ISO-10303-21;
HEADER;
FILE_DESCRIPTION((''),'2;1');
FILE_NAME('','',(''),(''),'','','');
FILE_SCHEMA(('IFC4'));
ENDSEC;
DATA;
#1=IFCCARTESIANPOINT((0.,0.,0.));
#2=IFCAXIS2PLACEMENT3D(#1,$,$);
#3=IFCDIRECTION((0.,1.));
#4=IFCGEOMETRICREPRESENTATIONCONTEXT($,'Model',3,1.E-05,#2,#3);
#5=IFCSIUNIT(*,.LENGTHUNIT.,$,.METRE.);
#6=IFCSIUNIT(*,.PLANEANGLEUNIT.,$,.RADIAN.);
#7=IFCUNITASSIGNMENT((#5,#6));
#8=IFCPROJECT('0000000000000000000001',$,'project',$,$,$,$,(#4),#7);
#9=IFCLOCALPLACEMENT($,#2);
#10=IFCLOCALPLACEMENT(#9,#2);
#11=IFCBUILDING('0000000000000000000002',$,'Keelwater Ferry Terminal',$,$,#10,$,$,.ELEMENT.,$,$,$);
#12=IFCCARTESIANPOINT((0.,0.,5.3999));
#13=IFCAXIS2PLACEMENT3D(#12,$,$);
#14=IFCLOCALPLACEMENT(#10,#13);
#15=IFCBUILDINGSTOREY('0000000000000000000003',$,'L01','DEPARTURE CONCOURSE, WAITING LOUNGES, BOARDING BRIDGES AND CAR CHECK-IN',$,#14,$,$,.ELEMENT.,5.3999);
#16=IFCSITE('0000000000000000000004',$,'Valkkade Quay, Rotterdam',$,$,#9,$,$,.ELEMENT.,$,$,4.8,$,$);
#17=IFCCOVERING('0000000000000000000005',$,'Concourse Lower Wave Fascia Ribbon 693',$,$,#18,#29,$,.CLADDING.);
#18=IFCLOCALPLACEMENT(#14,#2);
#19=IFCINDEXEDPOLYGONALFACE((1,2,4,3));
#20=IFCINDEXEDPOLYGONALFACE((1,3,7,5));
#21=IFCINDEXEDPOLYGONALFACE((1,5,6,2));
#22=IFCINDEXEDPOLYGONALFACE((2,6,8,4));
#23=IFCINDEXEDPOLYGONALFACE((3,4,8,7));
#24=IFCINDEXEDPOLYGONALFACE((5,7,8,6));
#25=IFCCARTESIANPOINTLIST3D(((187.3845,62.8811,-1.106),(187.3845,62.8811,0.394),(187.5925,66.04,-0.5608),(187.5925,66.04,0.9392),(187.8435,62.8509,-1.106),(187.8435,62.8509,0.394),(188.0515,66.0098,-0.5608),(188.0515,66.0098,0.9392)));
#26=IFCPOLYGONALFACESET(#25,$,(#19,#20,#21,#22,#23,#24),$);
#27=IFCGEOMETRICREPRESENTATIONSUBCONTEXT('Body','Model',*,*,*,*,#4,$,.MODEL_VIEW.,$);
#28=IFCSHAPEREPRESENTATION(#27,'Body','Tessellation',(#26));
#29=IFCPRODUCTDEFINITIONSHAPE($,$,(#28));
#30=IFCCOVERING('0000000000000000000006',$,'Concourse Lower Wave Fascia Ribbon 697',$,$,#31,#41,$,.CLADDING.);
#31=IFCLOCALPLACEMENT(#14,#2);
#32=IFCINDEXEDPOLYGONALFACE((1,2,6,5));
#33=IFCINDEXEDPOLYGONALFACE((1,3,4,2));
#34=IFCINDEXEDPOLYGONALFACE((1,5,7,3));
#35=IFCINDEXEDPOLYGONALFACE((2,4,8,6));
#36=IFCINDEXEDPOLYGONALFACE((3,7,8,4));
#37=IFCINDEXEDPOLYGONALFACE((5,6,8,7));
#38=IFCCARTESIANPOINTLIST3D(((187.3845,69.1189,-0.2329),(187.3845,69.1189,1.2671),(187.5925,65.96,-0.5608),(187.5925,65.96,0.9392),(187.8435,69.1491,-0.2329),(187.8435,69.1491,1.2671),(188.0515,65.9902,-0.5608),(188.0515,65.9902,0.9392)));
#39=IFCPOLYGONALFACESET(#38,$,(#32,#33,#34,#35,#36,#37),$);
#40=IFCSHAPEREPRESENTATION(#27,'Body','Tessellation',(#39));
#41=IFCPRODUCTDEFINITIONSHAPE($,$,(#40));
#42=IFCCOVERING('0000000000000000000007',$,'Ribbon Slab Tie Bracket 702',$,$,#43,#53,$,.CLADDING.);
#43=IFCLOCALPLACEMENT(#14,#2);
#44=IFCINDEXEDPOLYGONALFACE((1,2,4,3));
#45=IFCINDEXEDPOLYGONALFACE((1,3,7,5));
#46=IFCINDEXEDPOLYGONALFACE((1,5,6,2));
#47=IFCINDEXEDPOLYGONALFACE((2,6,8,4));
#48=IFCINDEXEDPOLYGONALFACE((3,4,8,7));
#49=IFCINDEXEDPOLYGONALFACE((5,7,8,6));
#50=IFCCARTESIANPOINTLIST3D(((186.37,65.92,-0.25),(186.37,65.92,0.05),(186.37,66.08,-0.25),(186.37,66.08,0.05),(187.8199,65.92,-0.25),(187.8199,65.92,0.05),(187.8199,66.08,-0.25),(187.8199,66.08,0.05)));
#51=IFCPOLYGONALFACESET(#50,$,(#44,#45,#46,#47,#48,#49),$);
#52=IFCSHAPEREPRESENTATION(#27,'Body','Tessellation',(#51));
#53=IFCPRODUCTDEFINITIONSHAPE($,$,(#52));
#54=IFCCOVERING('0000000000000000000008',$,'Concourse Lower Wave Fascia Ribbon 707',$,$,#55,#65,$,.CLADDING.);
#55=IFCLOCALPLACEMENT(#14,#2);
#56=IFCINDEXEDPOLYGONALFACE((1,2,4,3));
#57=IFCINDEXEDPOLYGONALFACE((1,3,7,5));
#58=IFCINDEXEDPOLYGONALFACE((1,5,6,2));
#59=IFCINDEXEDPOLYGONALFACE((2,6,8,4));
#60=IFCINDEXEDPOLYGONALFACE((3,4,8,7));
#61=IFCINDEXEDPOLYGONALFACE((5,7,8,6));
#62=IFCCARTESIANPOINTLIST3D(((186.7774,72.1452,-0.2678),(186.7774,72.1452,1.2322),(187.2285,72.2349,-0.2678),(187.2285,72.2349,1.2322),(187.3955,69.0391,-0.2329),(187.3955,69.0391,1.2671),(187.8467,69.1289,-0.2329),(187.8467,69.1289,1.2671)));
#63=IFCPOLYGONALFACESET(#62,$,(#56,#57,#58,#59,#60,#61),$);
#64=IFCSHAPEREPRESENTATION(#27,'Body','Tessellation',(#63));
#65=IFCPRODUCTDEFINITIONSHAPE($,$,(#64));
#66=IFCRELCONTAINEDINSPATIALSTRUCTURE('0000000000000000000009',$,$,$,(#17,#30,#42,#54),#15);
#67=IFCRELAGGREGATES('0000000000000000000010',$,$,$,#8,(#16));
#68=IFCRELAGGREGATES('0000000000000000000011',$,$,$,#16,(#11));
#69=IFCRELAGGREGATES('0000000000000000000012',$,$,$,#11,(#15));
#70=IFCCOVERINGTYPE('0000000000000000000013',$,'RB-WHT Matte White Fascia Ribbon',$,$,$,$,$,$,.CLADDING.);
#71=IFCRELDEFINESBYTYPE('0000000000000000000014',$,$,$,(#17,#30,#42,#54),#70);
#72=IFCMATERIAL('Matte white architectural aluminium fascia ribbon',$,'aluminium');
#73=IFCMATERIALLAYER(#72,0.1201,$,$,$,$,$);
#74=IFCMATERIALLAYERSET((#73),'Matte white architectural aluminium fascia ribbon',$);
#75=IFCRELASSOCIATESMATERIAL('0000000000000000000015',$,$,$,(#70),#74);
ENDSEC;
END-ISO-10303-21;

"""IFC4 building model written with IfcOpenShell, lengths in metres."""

from ifc_helpers import new_model, si_unit, direction, frame, frame_2d, origin, place, context, subcontext, project, spatial, polyline, rectangle, outline, extrude, material, layer, layer_set, type_object, element, save


model = new_model("IFC4")

# Units and contexts
model_context = context("Model", 3, precision=1e-05, world=origin(), true_north=direction((0.0, 1.0)))
body_context = subcontext(model_context, "Body", "Model", "MODEL_VIEW")
ifc_project = project(units=[si_unit("LENGTHUNIT", "METRE"), si_unit("PLANEANGLEUNIT", "RADIAN")], contexts=[model_context])

# Site, building, storey
site_placement = place(None, origin())
site = spatial("IfcSite", under=ifc_project, at=site_placement, Name="Valkkade Quay, Rotterdam", CompositionType="ELEMENT", RefElevation=4.8)
building_placement = place(site_placement, origin())
building = spatial("IfcBuilding", under=site, at=building_placement, Name="Keelwater Ferry Terminal", CompositionType="ELEMENT")
storey_placement = place(building_placement, frame((0.0, 0.0, 5.3999)))
storey = spatial("IfcBuildingStorey", under=building, at=storey_placement, Name="L01", Description="DEPARTURE CONCOURSE, WAITING LOUNGES, BOARDING BRIDGES AND CAR CHECK-IN", CompositionType="ELEMENT", Elevation=5.3999)

# Coverings
ifc_material_1 = material(Name="Matte white architectural aluminium fascia ribbon", Category="aluminium")
ifc_layer_1 = layer(ifc_material_1, 0.1201)
ifc_layer_set_1 = layer_set([ifc_layer_1], Name="Matte white architectural aluminium fascia ribbon")
covering_type = type_object("IfcCoveringType", Name="RB-WHT Matte White Fascia Ribbon", PredefinedType="CLADDING", material=ifc_layer_set_1)
covering_1_placement = place(storey_placement, frame((187.614, 62.866, -1.106), z_axis=(0.0, 0.0, 1.0), x_axis=(0.065705, 0.997839, 0.0)))
element("IfcCovering", 1, at=covering_1_placement, inside=storey, type_object=covering_type, Name="Concourse Lower Wave Fascia Ribbon 693", PredefinedType="CLADDING", context=body_context, shape_type="SweptSolid", body=[
    extrude(outline(polyline([(0.0, 0.0), (3.1658, 0.5452), (3.1658, 2.0452), (0.0, 1.5), (0.0, 0.0)])), frame((0.0, 0.23, 0.0), z_axis=(0.0, -1.0, 0.0), x_axis=(1.0, 0.0, 0.0)), (0.0, 0.0, 1.0), 0.46),
])
covering_2_placement = place(storey_placement, frame((187.822, 65.9751, -0.5608), z_axis=(0.0, 0.0, 1.0), x_axis=(-0.065705, 0.997839, 0.0)))
element("IfcCovering", 2, at=covering_2_placement, inside=storey, type_object=covering_type, Name="Concourse Lower Wave Fascia Ribbon 697", PredefinedType="CLADDING", context=body_context, shape_type="SweptSolid", body=[
    extrude(outline(polyline([(0.0, 0.0), (3.1658, 0.3279), (3.1658, 1.8279), (0.0, 1.5), (0.0, 0.0)])), frame((0.0, 0.23, 0.0), z_axis=(0.0, -1.0, 0.0), x_axis=(1.0, 0.0, 0.0)), (0.0, 0.0, 1.0), 0.46),
])
covering_3_placement = place(storey_placement, frame((187.8201, 66.0, -0.25), z_axis=(0.0, 0.0, 1.0), x_axis=(-1.0, 0.0, 0.0)))
element("IfcCovering", 3, at=covering_3_placement, inside=storey, type_object=covering_type, Name="Ribbon Slab Tie Bracket 702", PredefinedType="CLADDING", context=body_context, shape_type="SweptSolid", body=[
    extrude(rectangle(XDim=1.45, YDim=0.1599, at=frame_2d((0.7251, 0.0))), origin(), (0.0, 0.0, 1.0), 0.3),
])
covering_4_placement = place(storey_placement, frame((187.6211, 69.084, -0.2678), z_axis=(0.0, 0.0, 1.0), x_axis=(-0.195197, 0.980764, 0.0)))
element("IfcCovering", 4, at=covering_4_placement, inside=storey, type_object=covering_type, Name="Concourse Lower Wave Fascia Ribbon 707", PredefinedType="CLADDING", context=body_context, shape_type="SweptSolid", body=[
    extrude(outline(polyline([(0.0, 0.0349), (3.167, 0.0), (3.167, 1.5), (0.0, 1.5349), (0.0, 0.0349)])), frame((0.0, 0.23, 0.0), z_axis=(0.0, -1.0, 0.0), x_axis=(1.0, 0.0, 0.0)), (0.0, 0.0, 1.0), 0.46),
])

save(model, "model.ifc")
